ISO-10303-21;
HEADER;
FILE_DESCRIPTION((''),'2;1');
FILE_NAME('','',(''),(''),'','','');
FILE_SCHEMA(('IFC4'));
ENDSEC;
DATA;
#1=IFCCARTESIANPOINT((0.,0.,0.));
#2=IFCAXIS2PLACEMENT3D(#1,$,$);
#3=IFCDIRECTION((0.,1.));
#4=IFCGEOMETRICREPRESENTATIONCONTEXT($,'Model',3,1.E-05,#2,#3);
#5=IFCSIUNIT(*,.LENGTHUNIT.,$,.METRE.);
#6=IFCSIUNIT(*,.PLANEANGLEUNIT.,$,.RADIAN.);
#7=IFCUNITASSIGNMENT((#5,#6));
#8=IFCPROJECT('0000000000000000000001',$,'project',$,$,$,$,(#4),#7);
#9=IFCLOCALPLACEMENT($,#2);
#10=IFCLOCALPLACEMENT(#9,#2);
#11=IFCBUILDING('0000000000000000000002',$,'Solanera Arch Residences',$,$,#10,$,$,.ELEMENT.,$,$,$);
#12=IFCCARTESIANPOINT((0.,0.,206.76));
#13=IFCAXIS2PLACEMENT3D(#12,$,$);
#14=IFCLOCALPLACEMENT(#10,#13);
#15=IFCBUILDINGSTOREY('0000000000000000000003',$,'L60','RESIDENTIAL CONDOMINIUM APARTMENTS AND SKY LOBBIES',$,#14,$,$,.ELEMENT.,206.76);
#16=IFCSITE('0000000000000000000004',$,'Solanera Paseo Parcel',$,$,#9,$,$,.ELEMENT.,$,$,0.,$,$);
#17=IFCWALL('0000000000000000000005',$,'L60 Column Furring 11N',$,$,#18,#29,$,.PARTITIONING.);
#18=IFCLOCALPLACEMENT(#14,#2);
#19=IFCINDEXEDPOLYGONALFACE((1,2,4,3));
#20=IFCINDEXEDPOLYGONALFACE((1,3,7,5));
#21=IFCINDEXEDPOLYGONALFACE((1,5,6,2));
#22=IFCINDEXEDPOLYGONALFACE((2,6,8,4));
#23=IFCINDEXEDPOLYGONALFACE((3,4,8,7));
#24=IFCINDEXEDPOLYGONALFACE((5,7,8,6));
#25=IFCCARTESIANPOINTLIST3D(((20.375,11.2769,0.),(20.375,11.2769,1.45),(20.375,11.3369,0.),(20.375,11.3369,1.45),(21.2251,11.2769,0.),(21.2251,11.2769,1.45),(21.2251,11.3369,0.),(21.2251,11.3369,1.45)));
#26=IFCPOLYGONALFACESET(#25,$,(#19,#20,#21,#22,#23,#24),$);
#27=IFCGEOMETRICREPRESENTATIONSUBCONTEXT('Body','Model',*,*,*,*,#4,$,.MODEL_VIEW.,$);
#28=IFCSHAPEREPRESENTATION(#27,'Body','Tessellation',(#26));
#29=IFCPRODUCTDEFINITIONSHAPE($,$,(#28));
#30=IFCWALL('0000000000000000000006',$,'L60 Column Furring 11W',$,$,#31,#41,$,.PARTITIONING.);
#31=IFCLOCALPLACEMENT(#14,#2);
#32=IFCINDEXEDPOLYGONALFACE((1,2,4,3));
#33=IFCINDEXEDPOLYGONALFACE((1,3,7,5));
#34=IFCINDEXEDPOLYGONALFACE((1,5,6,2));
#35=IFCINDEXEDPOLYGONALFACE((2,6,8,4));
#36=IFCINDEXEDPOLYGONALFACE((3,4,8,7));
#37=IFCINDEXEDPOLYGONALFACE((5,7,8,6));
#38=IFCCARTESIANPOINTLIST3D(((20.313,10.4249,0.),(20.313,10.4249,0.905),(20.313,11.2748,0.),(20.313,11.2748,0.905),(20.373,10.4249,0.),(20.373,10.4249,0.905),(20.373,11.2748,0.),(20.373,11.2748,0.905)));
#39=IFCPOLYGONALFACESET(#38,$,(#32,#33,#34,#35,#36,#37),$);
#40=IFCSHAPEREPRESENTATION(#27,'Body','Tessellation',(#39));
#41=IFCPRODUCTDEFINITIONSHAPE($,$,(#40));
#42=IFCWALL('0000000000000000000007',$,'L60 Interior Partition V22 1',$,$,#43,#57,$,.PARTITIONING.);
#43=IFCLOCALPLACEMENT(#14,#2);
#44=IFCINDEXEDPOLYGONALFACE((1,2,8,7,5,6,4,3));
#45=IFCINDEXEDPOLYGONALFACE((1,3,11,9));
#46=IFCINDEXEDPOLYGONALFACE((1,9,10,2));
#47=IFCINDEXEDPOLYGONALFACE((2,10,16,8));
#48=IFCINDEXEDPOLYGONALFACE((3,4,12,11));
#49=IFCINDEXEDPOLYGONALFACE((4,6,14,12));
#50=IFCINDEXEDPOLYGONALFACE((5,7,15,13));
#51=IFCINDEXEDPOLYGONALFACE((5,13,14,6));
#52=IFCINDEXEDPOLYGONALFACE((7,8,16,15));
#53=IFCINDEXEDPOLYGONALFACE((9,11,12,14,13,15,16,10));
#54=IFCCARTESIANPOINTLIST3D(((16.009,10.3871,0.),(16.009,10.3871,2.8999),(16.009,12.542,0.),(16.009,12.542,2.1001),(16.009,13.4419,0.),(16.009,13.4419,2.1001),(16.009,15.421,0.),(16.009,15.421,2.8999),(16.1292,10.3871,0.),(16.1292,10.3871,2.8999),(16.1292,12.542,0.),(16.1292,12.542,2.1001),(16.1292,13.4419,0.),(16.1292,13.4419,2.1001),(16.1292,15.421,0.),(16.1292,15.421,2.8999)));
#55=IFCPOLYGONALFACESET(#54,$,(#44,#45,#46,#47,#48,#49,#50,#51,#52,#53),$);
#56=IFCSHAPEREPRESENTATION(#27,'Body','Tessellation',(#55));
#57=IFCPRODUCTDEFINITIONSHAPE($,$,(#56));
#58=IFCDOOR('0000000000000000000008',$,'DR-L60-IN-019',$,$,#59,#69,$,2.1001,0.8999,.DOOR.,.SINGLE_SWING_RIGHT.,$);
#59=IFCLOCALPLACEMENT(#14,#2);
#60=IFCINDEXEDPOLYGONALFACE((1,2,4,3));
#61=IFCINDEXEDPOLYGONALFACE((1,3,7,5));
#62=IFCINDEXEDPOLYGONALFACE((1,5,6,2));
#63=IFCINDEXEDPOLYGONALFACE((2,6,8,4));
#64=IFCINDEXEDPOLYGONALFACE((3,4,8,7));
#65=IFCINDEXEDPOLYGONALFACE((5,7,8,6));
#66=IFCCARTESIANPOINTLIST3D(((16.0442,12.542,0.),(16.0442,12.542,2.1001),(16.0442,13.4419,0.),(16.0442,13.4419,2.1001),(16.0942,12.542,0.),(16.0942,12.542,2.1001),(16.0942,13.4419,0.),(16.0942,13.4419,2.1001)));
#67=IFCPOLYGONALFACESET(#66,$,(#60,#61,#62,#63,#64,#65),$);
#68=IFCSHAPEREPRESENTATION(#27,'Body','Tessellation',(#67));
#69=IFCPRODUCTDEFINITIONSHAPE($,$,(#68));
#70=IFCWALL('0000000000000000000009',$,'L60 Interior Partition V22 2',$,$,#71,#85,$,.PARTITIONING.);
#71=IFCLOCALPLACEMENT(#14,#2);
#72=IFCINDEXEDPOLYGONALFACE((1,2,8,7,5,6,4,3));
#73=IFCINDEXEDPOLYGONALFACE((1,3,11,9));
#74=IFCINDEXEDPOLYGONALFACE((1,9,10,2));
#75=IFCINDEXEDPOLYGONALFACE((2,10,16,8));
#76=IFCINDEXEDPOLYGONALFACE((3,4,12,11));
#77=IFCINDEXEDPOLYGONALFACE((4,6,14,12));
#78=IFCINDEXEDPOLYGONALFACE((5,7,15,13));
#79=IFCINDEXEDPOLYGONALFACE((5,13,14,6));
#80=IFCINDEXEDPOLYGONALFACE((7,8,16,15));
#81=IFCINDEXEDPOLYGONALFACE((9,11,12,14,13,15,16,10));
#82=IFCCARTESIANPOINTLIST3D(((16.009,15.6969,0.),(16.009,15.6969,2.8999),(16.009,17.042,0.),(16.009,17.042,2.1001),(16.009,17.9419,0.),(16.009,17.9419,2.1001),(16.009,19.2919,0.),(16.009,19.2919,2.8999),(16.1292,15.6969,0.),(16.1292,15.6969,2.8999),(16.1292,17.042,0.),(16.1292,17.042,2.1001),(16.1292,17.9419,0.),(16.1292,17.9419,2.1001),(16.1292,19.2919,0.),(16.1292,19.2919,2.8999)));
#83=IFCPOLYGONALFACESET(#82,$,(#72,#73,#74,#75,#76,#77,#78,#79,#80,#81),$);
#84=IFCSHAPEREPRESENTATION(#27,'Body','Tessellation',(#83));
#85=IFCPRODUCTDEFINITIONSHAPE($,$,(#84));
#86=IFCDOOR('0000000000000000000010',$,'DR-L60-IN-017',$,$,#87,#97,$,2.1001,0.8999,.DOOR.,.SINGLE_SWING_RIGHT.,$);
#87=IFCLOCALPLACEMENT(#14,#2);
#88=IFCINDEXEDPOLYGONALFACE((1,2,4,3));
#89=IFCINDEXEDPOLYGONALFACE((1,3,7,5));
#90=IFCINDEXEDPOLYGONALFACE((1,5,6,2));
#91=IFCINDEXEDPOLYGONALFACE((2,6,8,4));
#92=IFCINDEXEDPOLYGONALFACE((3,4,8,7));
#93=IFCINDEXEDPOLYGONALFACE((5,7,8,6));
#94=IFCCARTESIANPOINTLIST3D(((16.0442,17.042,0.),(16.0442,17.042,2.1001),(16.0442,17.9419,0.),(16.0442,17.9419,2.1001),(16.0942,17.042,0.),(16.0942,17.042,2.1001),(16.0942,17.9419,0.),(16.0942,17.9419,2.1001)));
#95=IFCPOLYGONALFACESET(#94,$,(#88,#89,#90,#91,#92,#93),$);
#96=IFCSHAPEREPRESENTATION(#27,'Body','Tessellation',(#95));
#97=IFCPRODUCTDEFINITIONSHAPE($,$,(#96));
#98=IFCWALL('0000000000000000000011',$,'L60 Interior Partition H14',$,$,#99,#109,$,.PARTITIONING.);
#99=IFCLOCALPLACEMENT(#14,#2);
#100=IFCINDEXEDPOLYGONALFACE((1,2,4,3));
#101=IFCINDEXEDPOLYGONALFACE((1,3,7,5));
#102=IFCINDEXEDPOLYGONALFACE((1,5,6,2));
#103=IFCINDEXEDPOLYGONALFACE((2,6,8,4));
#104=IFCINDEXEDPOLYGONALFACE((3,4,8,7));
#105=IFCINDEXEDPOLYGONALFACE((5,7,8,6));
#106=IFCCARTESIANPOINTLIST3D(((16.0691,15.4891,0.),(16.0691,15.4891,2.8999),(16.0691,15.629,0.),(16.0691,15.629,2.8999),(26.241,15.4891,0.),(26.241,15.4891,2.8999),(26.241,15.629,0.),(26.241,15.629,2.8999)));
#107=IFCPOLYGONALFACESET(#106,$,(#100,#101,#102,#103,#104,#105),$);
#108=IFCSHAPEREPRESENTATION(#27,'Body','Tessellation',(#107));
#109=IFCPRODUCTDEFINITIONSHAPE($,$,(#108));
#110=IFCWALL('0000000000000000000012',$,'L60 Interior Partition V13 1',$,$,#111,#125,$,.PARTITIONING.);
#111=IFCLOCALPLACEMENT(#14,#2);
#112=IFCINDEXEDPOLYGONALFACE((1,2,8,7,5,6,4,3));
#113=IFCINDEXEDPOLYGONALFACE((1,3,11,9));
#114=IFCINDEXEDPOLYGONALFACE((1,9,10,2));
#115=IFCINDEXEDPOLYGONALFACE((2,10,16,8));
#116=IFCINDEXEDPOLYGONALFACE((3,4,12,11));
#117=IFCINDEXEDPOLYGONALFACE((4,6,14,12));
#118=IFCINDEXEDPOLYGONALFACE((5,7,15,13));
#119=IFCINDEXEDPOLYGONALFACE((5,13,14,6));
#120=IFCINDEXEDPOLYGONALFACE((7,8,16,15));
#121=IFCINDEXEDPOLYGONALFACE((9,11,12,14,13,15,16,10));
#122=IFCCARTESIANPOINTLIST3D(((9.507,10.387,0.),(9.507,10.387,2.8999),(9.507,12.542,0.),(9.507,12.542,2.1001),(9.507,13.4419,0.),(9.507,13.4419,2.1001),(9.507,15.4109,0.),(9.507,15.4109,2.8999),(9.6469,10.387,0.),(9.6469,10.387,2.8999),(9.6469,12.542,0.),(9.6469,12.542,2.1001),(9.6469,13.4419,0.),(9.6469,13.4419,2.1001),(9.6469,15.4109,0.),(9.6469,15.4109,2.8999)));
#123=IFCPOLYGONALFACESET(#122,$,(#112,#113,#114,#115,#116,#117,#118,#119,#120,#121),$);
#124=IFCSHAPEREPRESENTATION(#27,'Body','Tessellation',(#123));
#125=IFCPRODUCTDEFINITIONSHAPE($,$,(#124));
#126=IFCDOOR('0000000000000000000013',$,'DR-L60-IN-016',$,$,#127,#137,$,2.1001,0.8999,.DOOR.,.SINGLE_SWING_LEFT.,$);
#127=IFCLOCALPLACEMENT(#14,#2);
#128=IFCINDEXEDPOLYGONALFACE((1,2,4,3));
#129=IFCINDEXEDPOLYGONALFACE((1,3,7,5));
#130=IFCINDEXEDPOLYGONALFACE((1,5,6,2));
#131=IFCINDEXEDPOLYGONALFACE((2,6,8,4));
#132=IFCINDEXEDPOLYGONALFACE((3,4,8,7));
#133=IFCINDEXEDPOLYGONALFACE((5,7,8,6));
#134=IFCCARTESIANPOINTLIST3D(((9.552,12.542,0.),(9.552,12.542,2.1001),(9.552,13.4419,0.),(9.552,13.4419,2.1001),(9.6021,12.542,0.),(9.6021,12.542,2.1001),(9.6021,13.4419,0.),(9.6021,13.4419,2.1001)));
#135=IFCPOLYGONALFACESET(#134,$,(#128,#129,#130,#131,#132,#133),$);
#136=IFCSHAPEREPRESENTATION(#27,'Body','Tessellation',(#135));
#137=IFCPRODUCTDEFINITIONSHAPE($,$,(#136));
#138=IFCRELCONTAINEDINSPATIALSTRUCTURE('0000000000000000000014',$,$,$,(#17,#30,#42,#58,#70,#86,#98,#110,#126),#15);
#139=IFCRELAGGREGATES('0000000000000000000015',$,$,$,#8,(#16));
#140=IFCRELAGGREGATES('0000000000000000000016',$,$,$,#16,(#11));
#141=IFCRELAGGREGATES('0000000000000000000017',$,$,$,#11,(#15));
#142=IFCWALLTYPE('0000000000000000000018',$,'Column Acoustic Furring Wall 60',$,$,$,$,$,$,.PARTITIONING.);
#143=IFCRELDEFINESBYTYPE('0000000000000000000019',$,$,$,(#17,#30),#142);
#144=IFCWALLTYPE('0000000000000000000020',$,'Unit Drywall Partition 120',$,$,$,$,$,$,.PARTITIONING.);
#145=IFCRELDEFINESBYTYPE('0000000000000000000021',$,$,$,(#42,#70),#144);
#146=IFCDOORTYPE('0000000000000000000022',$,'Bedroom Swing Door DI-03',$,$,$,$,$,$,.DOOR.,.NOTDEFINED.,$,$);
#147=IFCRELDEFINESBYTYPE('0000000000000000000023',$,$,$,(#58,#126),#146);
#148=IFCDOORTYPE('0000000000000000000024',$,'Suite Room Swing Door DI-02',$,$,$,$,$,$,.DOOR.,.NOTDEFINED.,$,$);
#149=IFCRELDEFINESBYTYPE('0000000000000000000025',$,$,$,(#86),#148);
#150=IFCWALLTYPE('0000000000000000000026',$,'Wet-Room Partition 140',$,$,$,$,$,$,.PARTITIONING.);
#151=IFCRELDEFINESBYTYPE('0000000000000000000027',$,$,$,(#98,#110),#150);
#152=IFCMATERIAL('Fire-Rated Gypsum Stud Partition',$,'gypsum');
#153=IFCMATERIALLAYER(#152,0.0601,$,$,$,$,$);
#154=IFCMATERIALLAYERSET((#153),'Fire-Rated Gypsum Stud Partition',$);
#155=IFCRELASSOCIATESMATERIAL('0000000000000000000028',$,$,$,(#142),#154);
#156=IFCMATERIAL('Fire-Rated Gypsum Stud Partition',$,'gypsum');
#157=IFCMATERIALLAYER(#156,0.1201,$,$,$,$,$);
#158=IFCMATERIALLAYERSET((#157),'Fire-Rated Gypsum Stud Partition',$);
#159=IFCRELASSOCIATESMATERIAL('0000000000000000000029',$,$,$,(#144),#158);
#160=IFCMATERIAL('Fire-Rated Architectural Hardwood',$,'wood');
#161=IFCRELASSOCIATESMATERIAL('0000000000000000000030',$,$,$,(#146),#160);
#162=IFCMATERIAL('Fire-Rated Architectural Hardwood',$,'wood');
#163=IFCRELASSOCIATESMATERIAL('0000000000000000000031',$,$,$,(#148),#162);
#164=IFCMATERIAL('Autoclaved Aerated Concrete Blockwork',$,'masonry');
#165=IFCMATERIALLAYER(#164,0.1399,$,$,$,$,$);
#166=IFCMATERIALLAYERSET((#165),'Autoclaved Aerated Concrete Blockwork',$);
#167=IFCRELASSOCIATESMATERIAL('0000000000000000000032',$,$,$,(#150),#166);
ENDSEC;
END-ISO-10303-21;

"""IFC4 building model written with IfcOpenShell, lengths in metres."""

from ifc_helpers import new_model, si_unit, direction, frame, frame_2d, origin, place, context, subcontext, project, spatial, rectangle, extrude, material, layer, layer_set, type_object, element, fill, save


model = new_model("IFC4")

# Units and contexts
model_context = context("Model", 3, precision=1e-05, world=origin(), true_north=direction((0.0, 1.0)))
body_context = subcontext(model_context, "Body", "Model", "MODEL_VIEW")
ifc_project = project(units=[si_unit("LENGTHUNIT", "METRE"), si_unit("PLANEANGLEUNIT", "RADIAN")], contexts=[model_context])

# Site, building, storey
site_placement = place(None, origin())
site = spatial("IfcSite", under=ifc_project, at=site_placement, Name="Solanera Paseo Parcel", CompositionType="ELEMENT", RefElevation=0.0)
building_placement = place(site_placement, origin())
building = spatial("IfcBuilding", under=site, at=building_placement, Name="Solanera Arch Residences", CompositionType="ELEMENT")
storey_placement = place(building_placement, frame((0.0, 0.0, 206.76)))
storey = spatial("IfcBuildingStorey", under=building, at=storey_placement, Name="L60", Description="RESIDENTIAL CONDOMINIUM APARTMENTS AND SKY LOBBIES", CompositionType="ELEMENT", Elevation=206.76)

# Walls
ifc_material_1 = material(Name="Fire-Rated Gypsum Stud Partition", Category="gypsum")
ifc_layer_1 = layer(ifc_material_1, 0.0601)
ifc_layer_set_1 = layer_set([ifc_layer_1], Name="Fire-Rated Gypsum Stud Partition")
wall_type_1 = type_object("IfcWallType", Name="Column Acoustic Furring Wall 60", PredefinedType="PARTITIONING", material=ifc_layer_set_1)
for number, where, z_axis, x_axis, name in (
    (1, (20.375, 11.3069, 0.0), (0.0, 0.0, 1.0), (1.0, 0.0, 0.0), "L60 Column Furring 11N"),
):
    element("IfcWall", number, at=place(storey_placement, frame(where, z_axis=z_axis, x_axis=x_axis)), inside=storey, type_object=wall_type_1, Name=name, PredefinedType="PARTITIONING", context=body_context, shape_type="SweptSolid", body=[
        extrude(rectangle(XDim=0.8501, YDim=0.0601, at=frame_2d((0.425, 0.0))), origin(), (0.0, 0.0, 1.0), 1.45),
    ])
wall_1_placement = place(storey_placement, frame((20.343, 10.425, 0.0), z_axis=(0.0, 0.0, 1.0), x_axis=(0.0, 1.0, 0.0)))
element("IfcWall", 2, at=wall_1_placement, inside=storey, type_object=wall_type_1, Name="L60 Column Furring 11W", PredefinedType="PARTITIONING", context=body_context, shape_type="SweptSolid", body=[
    extrude(rectangle(XDim=0.8499, YDim=0.0601, at=frame_2d((0.4248, 0.0))), origin(), (0.0, 0.0, 1.0), 0.905),
])

# Walls, openings, doors
ifc_material_2 = material(Name="Fire-Rated Gypsum Stud Partition", Category="gypsum")
ifc_layer_2 = layer(ifc_material_2, 0.1201)
ifc_layer_set_2 = layer_set([ifc_layer_2], Name="Fire-Rated Gypsum Stud Partition")
wall_type_2 = type_object("IfcWallType", Name="Unit Drywall Partition 120", PredefinedType="PARTITIONING", material=ifc_layer_set_2)
wall_2_placement = place(storey_placement, frame((16.0691, 10.387, 0.0), z_axis=(0.0, 0.0, 1.0), x_axis=(0.0, 1.0, 0.0)))
wall_2 = element("IfcWall", 3, at=wall_2_placement, inside=storey, type_object=wall_type_2, Name="L60 Interior Partition V22 1", PredefinedType="PARTITIONING", context=body_context, shape_type="SweptSolid", body=[
    extrude(rectangle(XDim=5.0339, YDim=0.1201, at=frame_2d((2.5171, 0.0))), origin(), (0.0, 0.0, 1.0), 2.8999),
])
opening_1_placement = place(wall_2_placement, frame((2.155, 0.0, 0.0)))
opening_1 = element("IfcOpeningElement", 4, at=opening_1_placement, cuts=wall_2, PredefinedType="OPENING", context=body_context, shape_type="SweptSolid", body=[
    extrude(rectangle(XDim=0.8999, YDim=2.1001, at=frame_2d((0.45, 1.05))), frame((0.0, 0.0701, 0.0), z_axis=(0.0, -1.0, 0.0), x_axis=(1.0, 0.0, 0.0)), (0.0, 0.0, 1.0), 0.1401),
])
ifc_material_3 = material(Name="Fire-Rated Architectural Hardwood", Category="wood")
door_type_1 = type_object("IfcDoorType", Name="Bedroom Swing Door DI-03", OperationType="NOTDEFINED", PredefinedType="DOOR", material=ifc_material_3)
door_1_placement = place(opening_1_placement, origin())
door_1 = element("IfcDoor", 5, at=door_1_placement, inside=storey, type_object=door_type_1, Name="DR-L60-IN-019", OperationType="SINGLE_SWING_RIGHT", OverallHeight=2.1001, OverallWidth=0.8999, PredefinedType="DOOR", context=body_context, shape_type="SweptSolid", body=[
    extrude(rectangle(XDim=0.8999, YDim=2.1001, at=frame_2d((0.45, 1.05))), frame((0.0, 0.0249, 0.0), z_axis=(0.0, -1.0, 0.0), x_axis=(1.0, 0.0, 0.0)), (0.0, 0.0, 1.0), 0.05),
])
fill(opening_1, door_1)
wall_3_placement = place(storey_placement, frame((16.0691, 15.697, 0.0), z_axis=(0.0, 0.0, 1.0), x_axis=(0.0, 1.0, 0.0)))
wall_3 = element("IfcWall", 6, at=wall_3_placement, inside=storey, type_object=wall_type_2, Name="L60 Interior Partition V22 2", PredefinedType="PARTITIONING", context=body_context, shape_type="SweptSolid", body=[
    extrude(rectangle(XDim=3.595, YDim=0.1201, at=frame_2d((1.7974, 0.0))), origin(), (0.0, 0.0, 1.0), 2.8999),
])
opening_2_placement = place(wall_3_placement, frame((1.345, 0.0, 0.0)))
opening_2 = element("IfcOpeningElement", 7, at=opening_2_placement, cuts=wall_3, PredefinedType="OPENING", context=body_context, shape_type="SweptSolid", body=[
    extrude(rectangle(XDim=0.8999, YDim=2.1001, at=frame_2d((0.45, 1.05))), frame((0.0, 0.0701, 0.0), z_axis=(0.0, -1.0, 0.0), x_axis=(1.0, 0.0, 0.0)), (0.0, 0.0, 1.0), 0.1401),
])
ifc_material_4 = material(Name="Fire-Rated Architectural Hardwood", Category="wood")
door_type_2 = type_object("IfcDoorType", Name="Suite Room Swing Door DI-02", OperationType="NOTDEFINED", PredefinedType="DOOR", material=ifc_material_4)
door_2_placement = place(opening_2_placement, origin())
door_2 = element("IfcDoor", 8, at=door_2_placement, inside=storey, type_object=door_type_2, Name="DR-L60-IN-017", OperationType="SINGLE_SWING_RIGHT", OverallHeight=2.1001, OverallWidth=0.8999, PredefinedType="DOOR", context=body_context, shape_type="SweptSolid", body=[
    extrude(rectangle(XDim=0.8999, YDim=2.1001, at=frame_2d((0.45, 1.05))), frame((0.0, 0.0249, 0.0), z_axis=(0.0, -1.0, 0.0), x_axis=(1.0, 0.0, 0.0)), (0.0, 0.0, 1.0), 0.05),
])
fill(opening_2, door_2)

# Wall
ifc_material_5 = material(Name="Autoclaved Aerated Concrete Blockwork", Category="masonry")
ifc_layer_3 = layer(ifc_material_5, 0.1399)
ifc_layer_set_3 = layer_set([ifc_layer_3], Name="Autoclaved Aerated Concrete Blockwork")
wall_type_3 = type_object("IfcWallType", Name="Wet-Room Partition 140", PredefinedType="PARTITIONING", material=ifc_layer_set_3)
wall_4_placement = place(storey_placement, frame((16.0691, 15.5591, 0.0), z_axis=(0.0, 0.0, 1.0), x_axis=(1.0, 0.0, 0.0)))
element("IfcWall", 9, at=wall_4_placement, inside=storey, type_object=wall_type_3, Name="L60 Interior Partition H14", PredefinedType="PARTITIONING", context=body_context, shape_type="SweptSolid", body=[
    extrude(rectangle(XDim=10.1719, YDim=0.1399, at=frame_2d((5.0859, 0.0))), origin(), (0.0, 0.0, 1.0), 2.8999),
])

# Wall, opening, door
wall_5_placement = place(storey_placement, frame((9.5769, 10.387, 0.0), z_axis=(0.0, 0.0, 1.0), x_axis=(0.0, 1.0, 0.0)))
wall_5 = element("IfcWall", 10, at=wall_5_placement, inside=storey, type_object=wall_type_3, Name="L60 Interior Partition V13 1", PredefinedType="PARTITIONING", context=body_context, shape_type="SweptSolid", body=[
    extrude(rectangle(XDim=5.0239, YDim=0.1399, at=frame_2d((2.512, 0.0))), origin(), (0.0, 0.0, 1.0), 2.8999),
])
opening_3_placement = place(wall_5_placement, frame((2.155, 0.0, 0.0)))
opening_3 = element("IfcOpeningElement", 11, at=opening_3_placement, cuts=wall_5, PredefinedType="OPENING", context=body_context, shape_type="SweptSolid", body=[
    extrude(rectangle(XDim=0.8999, YDim=2.1001, at=frame_2d((0.45, 1.05))), frame((0.0, 0.0798, 0.0), z_axis=(0.0, -1.0, 0.0), x_axis=(1.0, 0.0, 0.0)), (0.0, 0.0, 1.0), 0.1599),
])
door_3_placement = place(opening_3_placement, origin())
door_3 = element("IfcDoor", 12, at=door_3_placement, inside=storey, type_object=door_type_1, Name="DR-L60-IN-016", OperationType="SINGLE_SWING_LEFT", OverallHeight=2.1001, OverallWidth=0.8999, PredefinedType="DOOR", context=body_context, shape_type="SweptSolid", body=[
    extrude(rectangle(XDim=0.8999, YDim=2.1001, at=frame_2d((0.45, 1.05))), frame((0.0, 0.0249, 0.0), z_axis=(0.0, -1.0, 0.0), x_axis=(1.0, 0.0, 0.0)), (0.0, 0.0, 1.0), 0.05),
])
fill(opening_3, door_3)

save(model, "model.ifc")
